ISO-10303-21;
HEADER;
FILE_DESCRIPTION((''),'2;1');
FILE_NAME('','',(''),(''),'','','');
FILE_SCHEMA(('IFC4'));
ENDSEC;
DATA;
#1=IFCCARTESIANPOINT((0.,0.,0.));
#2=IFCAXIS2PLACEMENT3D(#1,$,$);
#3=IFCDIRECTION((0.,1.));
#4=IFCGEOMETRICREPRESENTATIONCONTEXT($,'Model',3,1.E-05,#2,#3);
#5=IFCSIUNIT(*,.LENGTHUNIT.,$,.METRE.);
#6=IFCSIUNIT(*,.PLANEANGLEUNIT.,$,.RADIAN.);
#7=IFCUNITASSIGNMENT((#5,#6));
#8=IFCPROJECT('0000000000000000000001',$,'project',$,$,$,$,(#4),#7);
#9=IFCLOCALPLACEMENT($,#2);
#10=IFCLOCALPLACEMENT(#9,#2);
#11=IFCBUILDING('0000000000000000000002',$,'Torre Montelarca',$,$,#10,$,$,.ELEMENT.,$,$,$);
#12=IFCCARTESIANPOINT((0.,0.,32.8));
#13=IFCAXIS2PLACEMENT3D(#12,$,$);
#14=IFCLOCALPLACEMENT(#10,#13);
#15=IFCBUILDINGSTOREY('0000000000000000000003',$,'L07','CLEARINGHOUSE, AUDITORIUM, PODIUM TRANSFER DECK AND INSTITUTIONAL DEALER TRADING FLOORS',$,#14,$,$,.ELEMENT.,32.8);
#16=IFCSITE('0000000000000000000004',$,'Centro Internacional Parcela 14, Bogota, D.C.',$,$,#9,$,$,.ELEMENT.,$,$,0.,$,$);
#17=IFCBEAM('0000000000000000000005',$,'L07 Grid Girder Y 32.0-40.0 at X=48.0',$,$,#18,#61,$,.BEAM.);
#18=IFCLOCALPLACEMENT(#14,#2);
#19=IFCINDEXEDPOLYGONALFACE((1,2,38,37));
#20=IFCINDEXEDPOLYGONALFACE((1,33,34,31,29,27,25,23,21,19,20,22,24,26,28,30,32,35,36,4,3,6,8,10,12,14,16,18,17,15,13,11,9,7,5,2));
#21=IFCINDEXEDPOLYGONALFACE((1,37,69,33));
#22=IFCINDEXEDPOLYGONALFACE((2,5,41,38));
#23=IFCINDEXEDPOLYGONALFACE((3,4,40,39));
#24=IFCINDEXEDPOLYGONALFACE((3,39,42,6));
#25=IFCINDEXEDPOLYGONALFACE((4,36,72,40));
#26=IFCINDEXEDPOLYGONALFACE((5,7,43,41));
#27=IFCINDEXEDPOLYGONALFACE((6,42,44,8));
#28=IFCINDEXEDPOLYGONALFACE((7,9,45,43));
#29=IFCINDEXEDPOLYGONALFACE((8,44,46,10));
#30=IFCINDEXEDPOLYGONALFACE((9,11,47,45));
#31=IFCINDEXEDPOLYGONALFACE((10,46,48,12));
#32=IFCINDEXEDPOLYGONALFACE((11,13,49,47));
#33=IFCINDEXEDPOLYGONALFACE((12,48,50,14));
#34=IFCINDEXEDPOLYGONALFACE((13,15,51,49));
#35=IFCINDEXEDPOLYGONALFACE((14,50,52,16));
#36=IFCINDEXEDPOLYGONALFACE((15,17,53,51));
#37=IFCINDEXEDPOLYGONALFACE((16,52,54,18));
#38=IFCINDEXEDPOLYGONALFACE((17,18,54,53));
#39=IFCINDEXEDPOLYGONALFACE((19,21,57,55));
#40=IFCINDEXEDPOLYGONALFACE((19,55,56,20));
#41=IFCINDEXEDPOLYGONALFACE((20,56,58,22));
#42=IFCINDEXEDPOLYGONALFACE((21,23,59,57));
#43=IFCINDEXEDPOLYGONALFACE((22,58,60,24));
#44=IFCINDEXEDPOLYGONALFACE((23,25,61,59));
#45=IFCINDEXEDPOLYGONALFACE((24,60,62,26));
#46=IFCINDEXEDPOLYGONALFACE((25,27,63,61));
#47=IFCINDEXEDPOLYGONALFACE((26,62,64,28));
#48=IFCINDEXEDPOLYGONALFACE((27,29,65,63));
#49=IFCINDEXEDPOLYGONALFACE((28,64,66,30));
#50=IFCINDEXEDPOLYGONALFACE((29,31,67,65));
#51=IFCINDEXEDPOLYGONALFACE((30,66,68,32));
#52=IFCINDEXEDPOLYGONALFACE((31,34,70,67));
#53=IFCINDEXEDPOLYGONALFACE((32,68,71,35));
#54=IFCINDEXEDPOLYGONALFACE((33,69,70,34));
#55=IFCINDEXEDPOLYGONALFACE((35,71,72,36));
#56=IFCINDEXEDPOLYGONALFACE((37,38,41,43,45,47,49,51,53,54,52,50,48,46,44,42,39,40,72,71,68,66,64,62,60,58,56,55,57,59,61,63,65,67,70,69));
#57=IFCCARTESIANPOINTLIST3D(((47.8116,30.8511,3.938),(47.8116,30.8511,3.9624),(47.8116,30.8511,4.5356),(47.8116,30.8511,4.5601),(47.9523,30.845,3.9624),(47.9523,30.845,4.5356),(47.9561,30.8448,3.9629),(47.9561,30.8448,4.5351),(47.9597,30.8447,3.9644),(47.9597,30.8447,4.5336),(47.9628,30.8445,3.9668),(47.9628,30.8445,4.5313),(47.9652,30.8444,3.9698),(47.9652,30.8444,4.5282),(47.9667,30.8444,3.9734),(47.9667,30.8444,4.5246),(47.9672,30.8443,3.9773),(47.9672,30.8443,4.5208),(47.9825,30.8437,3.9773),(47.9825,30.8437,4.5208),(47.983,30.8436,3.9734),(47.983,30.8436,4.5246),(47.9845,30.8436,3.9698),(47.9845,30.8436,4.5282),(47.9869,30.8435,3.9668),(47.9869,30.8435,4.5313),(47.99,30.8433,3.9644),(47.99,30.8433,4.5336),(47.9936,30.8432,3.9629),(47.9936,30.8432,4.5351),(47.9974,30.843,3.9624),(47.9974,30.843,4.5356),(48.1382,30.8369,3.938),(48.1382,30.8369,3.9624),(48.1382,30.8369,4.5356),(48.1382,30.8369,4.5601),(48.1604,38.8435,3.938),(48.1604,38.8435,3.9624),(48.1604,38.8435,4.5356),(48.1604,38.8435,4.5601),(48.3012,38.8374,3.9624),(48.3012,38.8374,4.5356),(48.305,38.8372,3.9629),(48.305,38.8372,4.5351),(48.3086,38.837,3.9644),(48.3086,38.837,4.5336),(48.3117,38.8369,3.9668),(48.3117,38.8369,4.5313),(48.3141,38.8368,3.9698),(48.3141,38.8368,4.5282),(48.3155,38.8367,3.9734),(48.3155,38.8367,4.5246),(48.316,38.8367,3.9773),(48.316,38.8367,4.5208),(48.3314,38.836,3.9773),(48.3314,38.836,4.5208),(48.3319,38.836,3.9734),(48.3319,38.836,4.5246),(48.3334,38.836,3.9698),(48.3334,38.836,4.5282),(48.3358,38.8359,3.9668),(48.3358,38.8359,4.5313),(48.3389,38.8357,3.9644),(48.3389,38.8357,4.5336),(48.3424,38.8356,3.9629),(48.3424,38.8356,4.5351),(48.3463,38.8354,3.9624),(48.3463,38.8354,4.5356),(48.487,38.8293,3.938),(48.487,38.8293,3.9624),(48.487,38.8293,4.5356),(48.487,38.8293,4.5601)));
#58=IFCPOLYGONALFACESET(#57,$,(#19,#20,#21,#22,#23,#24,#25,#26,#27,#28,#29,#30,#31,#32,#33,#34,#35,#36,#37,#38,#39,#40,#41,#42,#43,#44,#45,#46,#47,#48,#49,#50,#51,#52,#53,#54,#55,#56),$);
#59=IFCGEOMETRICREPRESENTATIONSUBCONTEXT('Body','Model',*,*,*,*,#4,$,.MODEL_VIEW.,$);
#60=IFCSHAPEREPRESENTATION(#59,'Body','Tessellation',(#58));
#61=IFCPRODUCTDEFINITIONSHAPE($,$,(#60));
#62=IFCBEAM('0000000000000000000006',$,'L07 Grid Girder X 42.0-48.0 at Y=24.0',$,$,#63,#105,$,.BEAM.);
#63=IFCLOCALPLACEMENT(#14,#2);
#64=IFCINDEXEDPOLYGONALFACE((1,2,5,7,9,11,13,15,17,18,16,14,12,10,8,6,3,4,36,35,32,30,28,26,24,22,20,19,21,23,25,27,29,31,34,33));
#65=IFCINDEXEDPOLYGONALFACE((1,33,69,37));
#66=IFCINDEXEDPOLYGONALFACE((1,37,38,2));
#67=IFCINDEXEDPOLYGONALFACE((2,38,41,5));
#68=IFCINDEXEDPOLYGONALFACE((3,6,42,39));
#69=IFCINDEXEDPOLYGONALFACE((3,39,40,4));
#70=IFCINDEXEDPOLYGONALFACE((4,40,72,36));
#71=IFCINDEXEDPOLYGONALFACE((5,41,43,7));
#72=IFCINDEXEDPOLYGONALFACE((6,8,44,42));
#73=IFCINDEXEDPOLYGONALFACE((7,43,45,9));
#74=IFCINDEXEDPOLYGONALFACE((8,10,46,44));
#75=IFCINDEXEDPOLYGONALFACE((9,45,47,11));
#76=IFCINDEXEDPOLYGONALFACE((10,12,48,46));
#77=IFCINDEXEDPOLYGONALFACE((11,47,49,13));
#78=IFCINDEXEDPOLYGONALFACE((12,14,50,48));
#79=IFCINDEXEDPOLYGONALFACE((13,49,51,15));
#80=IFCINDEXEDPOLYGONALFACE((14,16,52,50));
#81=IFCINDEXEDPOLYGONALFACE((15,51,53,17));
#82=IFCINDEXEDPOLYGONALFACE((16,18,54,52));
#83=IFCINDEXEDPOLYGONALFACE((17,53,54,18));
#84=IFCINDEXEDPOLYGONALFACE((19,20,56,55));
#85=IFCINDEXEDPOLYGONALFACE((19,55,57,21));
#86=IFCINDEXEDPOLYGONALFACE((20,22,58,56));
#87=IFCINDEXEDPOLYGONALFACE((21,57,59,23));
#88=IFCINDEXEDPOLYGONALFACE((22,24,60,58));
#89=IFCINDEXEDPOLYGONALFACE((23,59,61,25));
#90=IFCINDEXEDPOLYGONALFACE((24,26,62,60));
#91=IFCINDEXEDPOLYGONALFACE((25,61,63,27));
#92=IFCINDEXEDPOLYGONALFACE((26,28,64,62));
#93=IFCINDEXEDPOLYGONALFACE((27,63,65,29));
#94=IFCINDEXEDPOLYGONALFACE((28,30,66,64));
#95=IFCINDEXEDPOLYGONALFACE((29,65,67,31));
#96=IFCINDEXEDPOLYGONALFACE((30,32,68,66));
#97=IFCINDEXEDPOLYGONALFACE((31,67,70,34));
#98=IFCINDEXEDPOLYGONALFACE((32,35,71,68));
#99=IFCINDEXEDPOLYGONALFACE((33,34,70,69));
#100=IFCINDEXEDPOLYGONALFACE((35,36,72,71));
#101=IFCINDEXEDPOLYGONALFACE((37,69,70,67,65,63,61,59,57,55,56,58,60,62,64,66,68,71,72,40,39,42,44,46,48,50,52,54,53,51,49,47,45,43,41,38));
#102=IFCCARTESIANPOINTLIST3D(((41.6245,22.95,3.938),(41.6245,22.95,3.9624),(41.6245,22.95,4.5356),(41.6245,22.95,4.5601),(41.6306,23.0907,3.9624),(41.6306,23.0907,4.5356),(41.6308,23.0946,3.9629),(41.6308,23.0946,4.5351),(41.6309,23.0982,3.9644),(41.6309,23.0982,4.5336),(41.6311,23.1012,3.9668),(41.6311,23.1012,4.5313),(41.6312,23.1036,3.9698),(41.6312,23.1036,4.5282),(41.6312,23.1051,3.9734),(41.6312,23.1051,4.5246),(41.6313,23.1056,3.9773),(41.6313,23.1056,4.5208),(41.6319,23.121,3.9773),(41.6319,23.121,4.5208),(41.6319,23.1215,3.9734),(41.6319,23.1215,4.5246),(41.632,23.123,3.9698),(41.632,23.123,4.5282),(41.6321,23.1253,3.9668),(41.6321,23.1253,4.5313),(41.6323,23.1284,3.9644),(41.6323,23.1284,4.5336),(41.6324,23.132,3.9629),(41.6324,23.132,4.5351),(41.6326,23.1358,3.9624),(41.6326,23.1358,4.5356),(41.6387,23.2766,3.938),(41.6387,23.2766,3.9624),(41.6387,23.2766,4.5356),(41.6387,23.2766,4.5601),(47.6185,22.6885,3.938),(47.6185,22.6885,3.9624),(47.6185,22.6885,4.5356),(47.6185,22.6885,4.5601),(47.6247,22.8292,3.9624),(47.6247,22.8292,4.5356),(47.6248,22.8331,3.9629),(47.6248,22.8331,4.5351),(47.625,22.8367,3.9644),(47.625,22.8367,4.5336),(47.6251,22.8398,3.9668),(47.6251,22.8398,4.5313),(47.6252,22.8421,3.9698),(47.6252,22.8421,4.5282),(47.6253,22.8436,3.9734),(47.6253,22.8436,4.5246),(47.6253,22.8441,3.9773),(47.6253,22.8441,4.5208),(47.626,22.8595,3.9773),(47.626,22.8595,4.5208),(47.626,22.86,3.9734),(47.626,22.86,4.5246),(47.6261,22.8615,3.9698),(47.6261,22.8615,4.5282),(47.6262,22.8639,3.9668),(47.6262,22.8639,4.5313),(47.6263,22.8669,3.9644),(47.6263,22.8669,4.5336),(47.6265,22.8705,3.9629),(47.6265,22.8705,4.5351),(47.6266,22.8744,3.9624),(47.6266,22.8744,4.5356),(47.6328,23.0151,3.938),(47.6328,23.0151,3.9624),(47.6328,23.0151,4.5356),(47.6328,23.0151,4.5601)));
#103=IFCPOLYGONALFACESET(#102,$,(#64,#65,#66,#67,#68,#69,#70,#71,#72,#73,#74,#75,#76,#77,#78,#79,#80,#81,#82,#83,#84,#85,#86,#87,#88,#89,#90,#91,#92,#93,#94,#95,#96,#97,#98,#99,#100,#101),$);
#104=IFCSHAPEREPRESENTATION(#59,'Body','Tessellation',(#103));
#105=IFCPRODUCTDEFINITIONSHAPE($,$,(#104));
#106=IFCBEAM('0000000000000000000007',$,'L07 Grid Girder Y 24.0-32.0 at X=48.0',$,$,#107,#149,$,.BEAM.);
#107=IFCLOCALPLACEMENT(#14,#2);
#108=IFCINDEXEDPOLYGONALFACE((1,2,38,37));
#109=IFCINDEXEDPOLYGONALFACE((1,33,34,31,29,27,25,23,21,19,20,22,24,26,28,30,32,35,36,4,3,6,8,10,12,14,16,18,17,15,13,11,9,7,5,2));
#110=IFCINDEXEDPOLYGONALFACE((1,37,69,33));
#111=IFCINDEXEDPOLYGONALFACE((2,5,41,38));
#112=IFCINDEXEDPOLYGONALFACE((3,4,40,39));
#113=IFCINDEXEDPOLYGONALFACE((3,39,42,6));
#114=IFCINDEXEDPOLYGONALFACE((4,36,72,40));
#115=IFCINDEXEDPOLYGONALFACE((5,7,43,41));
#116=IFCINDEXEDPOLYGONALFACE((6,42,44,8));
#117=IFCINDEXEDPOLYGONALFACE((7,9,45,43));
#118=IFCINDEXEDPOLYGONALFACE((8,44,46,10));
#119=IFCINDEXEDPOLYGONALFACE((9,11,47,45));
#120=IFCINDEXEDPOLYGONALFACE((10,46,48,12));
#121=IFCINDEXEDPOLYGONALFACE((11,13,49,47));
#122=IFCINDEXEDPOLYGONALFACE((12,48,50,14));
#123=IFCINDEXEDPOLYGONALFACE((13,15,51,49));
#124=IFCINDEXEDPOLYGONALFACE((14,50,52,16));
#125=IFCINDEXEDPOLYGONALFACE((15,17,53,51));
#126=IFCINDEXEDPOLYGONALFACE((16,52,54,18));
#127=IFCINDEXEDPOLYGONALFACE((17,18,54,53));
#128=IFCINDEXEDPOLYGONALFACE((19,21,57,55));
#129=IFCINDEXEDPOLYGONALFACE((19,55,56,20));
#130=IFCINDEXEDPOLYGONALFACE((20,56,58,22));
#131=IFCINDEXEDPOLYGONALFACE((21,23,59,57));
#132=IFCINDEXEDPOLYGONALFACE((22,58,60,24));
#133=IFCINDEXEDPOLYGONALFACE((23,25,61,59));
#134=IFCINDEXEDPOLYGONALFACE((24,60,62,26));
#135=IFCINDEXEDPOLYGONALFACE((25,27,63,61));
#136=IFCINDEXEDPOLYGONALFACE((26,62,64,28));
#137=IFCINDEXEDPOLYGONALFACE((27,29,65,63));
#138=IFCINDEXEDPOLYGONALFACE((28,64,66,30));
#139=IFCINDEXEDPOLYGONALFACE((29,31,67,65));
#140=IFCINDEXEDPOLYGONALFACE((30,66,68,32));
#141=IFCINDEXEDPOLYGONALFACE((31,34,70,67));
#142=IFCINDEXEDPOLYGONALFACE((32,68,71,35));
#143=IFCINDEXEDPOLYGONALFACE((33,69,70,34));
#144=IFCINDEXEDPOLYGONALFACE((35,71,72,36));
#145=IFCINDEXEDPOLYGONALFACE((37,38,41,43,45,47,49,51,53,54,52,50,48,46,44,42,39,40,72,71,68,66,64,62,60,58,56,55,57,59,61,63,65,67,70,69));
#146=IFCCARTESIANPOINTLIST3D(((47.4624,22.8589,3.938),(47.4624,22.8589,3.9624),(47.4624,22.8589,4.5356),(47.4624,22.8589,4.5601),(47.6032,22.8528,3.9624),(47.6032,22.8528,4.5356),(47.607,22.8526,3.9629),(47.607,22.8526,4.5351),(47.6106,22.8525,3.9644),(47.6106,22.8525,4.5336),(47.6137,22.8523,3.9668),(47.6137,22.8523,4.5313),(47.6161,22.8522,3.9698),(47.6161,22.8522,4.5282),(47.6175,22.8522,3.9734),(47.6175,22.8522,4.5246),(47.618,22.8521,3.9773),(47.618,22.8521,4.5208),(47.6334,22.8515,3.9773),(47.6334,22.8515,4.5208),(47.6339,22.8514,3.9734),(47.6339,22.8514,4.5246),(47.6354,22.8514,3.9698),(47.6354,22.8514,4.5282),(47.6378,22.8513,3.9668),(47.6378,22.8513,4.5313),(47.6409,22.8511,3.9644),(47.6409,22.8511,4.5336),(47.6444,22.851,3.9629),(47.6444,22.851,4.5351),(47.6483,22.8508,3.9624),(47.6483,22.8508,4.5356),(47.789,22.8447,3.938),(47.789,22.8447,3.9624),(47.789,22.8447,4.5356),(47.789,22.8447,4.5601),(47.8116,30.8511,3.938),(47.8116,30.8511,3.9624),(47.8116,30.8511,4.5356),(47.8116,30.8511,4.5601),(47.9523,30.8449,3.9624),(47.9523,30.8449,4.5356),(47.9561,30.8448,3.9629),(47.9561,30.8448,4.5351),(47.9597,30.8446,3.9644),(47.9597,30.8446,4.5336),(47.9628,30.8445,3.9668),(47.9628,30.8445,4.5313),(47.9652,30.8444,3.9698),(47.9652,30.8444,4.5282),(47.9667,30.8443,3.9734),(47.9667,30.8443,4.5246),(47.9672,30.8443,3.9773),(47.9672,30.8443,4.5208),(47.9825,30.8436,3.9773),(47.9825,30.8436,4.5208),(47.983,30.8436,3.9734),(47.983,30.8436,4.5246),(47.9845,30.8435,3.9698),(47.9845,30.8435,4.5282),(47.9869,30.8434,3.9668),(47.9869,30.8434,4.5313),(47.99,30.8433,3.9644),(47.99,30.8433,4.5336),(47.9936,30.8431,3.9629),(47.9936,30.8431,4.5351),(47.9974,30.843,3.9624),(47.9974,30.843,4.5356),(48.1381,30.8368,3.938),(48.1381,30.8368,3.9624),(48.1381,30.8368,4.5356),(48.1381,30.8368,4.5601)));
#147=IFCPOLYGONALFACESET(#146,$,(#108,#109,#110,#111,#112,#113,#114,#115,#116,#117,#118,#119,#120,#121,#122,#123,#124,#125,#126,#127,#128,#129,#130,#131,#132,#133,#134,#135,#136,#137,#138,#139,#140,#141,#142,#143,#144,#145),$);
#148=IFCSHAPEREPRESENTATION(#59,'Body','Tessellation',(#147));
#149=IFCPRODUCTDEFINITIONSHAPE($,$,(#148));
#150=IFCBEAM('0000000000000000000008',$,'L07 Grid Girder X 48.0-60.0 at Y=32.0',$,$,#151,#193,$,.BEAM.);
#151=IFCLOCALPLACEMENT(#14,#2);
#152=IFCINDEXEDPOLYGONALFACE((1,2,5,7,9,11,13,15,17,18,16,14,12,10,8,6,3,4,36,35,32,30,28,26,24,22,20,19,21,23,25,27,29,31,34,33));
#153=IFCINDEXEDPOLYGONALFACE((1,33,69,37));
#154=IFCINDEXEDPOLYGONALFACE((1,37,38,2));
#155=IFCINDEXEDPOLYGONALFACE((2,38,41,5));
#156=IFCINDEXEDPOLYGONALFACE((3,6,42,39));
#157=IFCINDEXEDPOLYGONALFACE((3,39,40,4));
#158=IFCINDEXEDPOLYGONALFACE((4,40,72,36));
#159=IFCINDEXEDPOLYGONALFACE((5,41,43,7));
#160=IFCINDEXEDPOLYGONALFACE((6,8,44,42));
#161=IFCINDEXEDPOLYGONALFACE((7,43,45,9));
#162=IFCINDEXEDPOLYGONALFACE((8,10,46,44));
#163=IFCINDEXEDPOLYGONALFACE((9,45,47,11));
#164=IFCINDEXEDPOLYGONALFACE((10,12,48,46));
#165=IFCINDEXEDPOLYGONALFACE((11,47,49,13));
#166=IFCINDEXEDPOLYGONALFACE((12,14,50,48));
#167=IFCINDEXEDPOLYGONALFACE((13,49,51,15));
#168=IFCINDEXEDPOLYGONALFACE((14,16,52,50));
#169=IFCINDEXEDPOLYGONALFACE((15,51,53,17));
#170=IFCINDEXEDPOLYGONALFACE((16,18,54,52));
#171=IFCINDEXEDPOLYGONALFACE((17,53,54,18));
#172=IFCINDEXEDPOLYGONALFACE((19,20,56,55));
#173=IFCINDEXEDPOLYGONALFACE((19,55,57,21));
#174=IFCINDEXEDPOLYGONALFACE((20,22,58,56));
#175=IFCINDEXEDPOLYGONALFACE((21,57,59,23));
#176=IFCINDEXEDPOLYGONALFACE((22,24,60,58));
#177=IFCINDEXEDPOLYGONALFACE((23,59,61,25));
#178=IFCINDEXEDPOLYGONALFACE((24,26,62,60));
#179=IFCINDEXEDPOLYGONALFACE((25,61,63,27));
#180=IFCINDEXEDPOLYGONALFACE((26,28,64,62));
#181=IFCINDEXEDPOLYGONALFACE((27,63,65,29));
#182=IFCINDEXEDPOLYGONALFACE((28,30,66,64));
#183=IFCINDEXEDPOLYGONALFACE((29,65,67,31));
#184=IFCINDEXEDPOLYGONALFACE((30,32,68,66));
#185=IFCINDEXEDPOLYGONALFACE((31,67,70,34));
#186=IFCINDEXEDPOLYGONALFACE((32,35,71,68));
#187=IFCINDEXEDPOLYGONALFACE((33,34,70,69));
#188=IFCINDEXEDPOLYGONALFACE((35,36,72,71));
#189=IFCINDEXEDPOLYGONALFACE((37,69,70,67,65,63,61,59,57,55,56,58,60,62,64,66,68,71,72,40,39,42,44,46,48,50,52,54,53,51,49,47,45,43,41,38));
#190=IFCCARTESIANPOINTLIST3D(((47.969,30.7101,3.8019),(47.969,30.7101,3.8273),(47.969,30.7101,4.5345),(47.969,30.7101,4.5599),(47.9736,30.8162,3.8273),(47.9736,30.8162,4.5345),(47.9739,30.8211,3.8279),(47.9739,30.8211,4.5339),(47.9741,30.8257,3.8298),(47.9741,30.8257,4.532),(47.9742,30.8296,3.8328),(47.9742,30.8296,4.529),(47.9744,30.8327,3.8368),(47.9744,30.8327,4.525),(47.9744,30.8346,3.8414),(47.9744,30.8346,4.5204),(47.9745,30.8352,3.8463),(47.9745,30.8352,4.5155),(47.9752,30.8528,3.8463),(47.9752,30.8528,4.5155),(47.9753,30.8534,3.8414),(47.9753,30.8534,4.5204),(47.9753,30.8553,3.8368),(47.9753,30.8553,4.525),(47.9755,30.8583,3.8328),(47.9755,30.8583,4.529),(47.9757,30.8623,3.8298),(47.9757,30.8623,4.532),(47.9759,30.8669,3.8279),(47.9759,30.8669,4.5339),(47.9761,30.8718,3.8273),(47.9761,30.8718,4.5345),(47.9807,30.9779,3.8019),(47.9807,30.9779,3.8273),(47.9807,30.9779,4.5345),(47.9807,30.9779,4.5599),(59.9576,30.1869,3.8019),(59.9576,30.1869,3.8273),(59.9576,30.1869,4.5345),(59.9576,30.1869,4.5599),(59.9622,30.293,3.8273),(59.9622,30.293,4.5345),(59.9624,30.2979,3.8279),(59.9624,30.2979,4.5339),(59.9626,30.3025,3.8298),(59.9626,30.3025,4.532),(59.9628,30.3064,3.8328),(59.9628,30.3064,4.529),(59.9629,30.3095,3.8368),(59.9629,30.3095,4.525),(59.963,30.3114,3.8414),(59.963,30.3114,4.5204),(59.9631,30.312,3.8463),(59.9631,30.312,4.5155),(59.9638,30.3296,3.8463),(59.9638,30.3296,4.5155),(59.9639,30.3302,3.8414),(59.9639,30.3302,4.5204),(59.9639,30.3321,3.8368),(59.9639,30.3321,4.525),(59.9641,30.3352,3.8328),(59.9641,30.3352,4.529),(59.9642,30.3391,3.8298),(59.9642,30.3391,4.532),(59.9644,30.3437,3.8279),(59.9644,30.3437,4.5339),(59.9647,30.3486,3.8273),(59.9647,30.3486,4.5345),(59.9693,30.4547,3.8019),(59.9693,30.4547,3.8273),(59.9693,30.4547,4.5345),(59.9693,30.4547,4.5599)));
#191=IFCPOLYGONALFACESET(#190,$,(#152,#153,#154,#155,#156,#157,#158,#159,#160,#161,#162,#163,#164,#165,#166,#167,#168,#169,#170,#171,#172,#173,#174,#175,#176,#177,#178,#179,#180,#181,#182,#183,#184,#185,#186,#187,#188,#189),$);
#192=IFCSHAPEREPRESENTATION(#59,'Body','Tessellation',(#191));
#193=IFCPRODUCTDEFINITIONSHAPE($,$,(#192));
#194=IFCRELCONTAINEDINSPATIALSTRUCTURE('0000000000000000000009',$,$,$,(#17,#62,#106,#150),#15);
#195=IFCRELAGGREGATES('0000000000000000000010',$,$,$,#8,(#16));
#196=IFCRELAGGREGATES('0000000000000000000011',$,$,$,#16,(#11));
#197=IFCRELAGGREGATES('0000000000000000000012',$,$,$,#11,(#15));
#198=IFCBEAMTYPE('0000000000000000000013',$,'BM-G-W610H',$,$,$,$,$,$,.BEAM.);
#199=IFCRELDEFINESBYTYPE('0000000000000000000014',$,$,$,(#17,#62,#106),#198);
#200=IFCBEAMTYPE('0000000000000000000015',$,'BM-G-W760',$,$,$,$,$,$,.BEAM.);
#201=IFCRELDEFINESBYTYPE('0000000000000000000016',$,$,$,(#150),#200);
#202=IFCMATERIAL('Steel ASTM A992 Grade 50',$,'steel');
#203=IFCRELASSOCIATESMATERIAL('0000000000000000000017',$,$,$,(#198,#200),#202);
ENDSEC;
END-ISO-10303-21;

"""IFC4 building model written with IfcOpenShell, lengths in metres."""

from ifc_helpers import new_model, si_unit, direction, frame, origin, origin_2d, place, context, subcontext, project, spatial, i_section, extrude, source, transform, mapped, material, material_profile, profile_set, type_object, element, save


model = new_model("IFC4")

# Units and contexts
model_context = context("Model", 3, precision=1e-05, world=origin(), true_north=direction((0.0, 1.0)))
body_context = subcontext(model_context, "Body", "Model", "MODEL_VIEW")
ifc_project = project(units=[si_unit("LENGTHUNIT", "METRE"), si_unit("PLANEANGLEUNIT", "RADIAN")], contexts=[model_context])

# Site, building, storey
site_placement = place(None, origin())
site = spatial("IfcSite", under=ifc_project, at=site_placement, Name="Centro Internacional Parcela 14, Bogota, D.C.", CompositionType="ELEMENT", RefElevation=0.0)
building_placement = place(site_placement, origin())
building = spatial("IfcBuilding", under=site, at=building_placement, Name="Torre Montelarca", CompositionType="ELEMENT")
storey_placement = place(building_placement, frame((0.0, 0.0, 32.8)))
storey = spatial("IfcBuildingStorey", under=building, at=storey_placement, Name="L07", Description="CLEARINGHOUSE, AUDITORIUM, PODIUM TRANSFER DECK AND INSTITUTIONAL DEALER TRADING FLOORS", CompositionType="ELEMENT", Elevation=32.8)

# Shared definitions
ifc_material_1 = material(Name="Steel ASTM A992 Grade 50", Category="steel")

# Beams
ifc_material_profile_1 = material_profile(ifc_material_1, i_section(OverallWidth=0.3269, OverallDepth=0.6221, WebThickness=0.0154, FlangeThickness=0.0244, FilletRadius=0.0149, at=origin_2d()), Name="W610X195", Category="steel")
ifc_profile_set_1 = profile_set([ifc_material_profile_1], Name="Steel ASTM A992 Grade 50")
beam_type_1 = type_object("IfcBeamType", Name="BM-G-W610H", PredefinedType="BEAM", material=ifc_profile_set_1)
shared_shape_1 = source(origin(), body_context, "Body", "SweptSolid", [
    extrude(i_section(OverallWidth=0.3269, OverallDepth=0.6221, WebThickness=0.0154, FlangeThickness=0.0244, FilletRadius=0.0149, at=origin_2d()), origin(), (0.0, 0.0, 1.0), 8.0),
])
beam_1_placement = place(storey_placement, frame((47.9749, 30.844, 4.249), z_axis=(0.043609, 0.999049, 0.0), x_axis=(-0.999049, 0.043609, 0.0)))
element("IfcBeam", 1, at=beam_1_placement, inside=storey, type_object=beam_type_1, Name="L07 Grid Girder Y 32.0-40.0 at X=48.0", PredefinedType="BEAM", context=body_context, shape_type="MappedRepresentation", body=[
    mapped(shared_shape_1, transform((0.0, 0.0, 0.0), scale=1.0)),
])
shared_shape_2 = source(origin(), body_context, "Body", "SweptSolid", [
    extrude(i_section(OverallWidth=0.3269, OverallDepth=0.6221, WebThickness=0.0154, FlangeThickness=0.0244, FilletRadius=0.0149, at=origin_2d()), origin(), (0.0, 0.0, 1.0), 5.9998),
])
beam_2_placement = place(storey_placement, frame((41.6316, 23.1133, 4.249), z_axis=(0.99905, -0.04358, 0.0), x_axis=(0.04358, 0.99905, 0.0)))
element("IfcBeam", 2, at=beam_2_placement, inside=storey, type_object=beam_type_1, Name="L07 Grid Girder X 42.0-48.0 at Y=24.0", PredefinedType="BEAM", context=body_context, shape_type="MappedRepresentation", body=[
    mapped(shared_shape_2, transform((0.0, 0.0, 0.0), scale=1.0)),
])
shared_shape_3 = source(origin(), body_context, "Body", "SweptSolid", [
    extrude(i_section(OverallWidth=0.3269, OverallDepth=0.6221, WebThickness=0.0154, FlangeThickness=0.0244, FilletRadius=0.0149, at=origin_2d()), origin(), (0.0, 0.0, 1.0), 7.9998),
])
beam_3_placement = place(storey_placement, frame((47.6257, 22.8518, 4.249), z_axis=(0.043641, 0.999047, 0.0), x_axis=(-0.999047, 0.043641, 0.0)))
element("IfcBeam", 3, at=beam_3_placement, inside=storey, type_object=beam_type_1, Name="L07 Grid Girder Y 24.0-32.0 at X=48.0", PredefinedType="BEAM", context=body_context, shape_type="MappedRepresentation", body=[
    mapped(shared_shape_3, transform((0.0, 0.0, 0.0), scale=1.0)),
])
ifc_material_profile_2 = material_profile(ifc_material_1, i_section(OverallWidth=0.2681, OverallDepth=0.7581, WebThickness=0.0176, FlangeThickness=0.0254, FilletRadius=0.019, at=origin_2d()), Name="W760X220", Category="steel")
ifc_profile_set_2 = profile_set([ifc_material_profile_2], Name="Steel ASTM A992 Grade 50")
beam_type_2 = type_object("IfcBeamType", Name="BM-G-W760", PredefinedType="BEAM", material=ifc_profile_set_2)
shared_shape_4 = source(origin(), body_context, "Body", "SweptSolid", [
    extrude(i_section(OverallWidth=0.2681, OverallDepth=0.7581, WebThickness=0.0176, FlangeThickness=0.0254, FilletRadius=0.019, at=origin_2d()), origin(), (0.0, 0.0, 1.0), 12.0),
])
beam_4_placement = place(storey_placement, frame((47.9749, 30.844, 4.1809), z_axis=(0.999049, -0.0436, 0.0), x_axis=(0.0436, 0.999049, 0.0)))
element("IfcBeam", 4, at=beam_4_placement, inside=storey, type_object=beam_type_2, Name="L07 Grid Girder X 48.0-60.0 at Y=32.0", PredefinedType="BEAM", context=body_context, shape_type="MappedRepresentation", body=[
    mapped(shared_shape_4, transform((0.0, 0.0, 0.0), scale=1.0)),
])

save(model, "model.ifc")
